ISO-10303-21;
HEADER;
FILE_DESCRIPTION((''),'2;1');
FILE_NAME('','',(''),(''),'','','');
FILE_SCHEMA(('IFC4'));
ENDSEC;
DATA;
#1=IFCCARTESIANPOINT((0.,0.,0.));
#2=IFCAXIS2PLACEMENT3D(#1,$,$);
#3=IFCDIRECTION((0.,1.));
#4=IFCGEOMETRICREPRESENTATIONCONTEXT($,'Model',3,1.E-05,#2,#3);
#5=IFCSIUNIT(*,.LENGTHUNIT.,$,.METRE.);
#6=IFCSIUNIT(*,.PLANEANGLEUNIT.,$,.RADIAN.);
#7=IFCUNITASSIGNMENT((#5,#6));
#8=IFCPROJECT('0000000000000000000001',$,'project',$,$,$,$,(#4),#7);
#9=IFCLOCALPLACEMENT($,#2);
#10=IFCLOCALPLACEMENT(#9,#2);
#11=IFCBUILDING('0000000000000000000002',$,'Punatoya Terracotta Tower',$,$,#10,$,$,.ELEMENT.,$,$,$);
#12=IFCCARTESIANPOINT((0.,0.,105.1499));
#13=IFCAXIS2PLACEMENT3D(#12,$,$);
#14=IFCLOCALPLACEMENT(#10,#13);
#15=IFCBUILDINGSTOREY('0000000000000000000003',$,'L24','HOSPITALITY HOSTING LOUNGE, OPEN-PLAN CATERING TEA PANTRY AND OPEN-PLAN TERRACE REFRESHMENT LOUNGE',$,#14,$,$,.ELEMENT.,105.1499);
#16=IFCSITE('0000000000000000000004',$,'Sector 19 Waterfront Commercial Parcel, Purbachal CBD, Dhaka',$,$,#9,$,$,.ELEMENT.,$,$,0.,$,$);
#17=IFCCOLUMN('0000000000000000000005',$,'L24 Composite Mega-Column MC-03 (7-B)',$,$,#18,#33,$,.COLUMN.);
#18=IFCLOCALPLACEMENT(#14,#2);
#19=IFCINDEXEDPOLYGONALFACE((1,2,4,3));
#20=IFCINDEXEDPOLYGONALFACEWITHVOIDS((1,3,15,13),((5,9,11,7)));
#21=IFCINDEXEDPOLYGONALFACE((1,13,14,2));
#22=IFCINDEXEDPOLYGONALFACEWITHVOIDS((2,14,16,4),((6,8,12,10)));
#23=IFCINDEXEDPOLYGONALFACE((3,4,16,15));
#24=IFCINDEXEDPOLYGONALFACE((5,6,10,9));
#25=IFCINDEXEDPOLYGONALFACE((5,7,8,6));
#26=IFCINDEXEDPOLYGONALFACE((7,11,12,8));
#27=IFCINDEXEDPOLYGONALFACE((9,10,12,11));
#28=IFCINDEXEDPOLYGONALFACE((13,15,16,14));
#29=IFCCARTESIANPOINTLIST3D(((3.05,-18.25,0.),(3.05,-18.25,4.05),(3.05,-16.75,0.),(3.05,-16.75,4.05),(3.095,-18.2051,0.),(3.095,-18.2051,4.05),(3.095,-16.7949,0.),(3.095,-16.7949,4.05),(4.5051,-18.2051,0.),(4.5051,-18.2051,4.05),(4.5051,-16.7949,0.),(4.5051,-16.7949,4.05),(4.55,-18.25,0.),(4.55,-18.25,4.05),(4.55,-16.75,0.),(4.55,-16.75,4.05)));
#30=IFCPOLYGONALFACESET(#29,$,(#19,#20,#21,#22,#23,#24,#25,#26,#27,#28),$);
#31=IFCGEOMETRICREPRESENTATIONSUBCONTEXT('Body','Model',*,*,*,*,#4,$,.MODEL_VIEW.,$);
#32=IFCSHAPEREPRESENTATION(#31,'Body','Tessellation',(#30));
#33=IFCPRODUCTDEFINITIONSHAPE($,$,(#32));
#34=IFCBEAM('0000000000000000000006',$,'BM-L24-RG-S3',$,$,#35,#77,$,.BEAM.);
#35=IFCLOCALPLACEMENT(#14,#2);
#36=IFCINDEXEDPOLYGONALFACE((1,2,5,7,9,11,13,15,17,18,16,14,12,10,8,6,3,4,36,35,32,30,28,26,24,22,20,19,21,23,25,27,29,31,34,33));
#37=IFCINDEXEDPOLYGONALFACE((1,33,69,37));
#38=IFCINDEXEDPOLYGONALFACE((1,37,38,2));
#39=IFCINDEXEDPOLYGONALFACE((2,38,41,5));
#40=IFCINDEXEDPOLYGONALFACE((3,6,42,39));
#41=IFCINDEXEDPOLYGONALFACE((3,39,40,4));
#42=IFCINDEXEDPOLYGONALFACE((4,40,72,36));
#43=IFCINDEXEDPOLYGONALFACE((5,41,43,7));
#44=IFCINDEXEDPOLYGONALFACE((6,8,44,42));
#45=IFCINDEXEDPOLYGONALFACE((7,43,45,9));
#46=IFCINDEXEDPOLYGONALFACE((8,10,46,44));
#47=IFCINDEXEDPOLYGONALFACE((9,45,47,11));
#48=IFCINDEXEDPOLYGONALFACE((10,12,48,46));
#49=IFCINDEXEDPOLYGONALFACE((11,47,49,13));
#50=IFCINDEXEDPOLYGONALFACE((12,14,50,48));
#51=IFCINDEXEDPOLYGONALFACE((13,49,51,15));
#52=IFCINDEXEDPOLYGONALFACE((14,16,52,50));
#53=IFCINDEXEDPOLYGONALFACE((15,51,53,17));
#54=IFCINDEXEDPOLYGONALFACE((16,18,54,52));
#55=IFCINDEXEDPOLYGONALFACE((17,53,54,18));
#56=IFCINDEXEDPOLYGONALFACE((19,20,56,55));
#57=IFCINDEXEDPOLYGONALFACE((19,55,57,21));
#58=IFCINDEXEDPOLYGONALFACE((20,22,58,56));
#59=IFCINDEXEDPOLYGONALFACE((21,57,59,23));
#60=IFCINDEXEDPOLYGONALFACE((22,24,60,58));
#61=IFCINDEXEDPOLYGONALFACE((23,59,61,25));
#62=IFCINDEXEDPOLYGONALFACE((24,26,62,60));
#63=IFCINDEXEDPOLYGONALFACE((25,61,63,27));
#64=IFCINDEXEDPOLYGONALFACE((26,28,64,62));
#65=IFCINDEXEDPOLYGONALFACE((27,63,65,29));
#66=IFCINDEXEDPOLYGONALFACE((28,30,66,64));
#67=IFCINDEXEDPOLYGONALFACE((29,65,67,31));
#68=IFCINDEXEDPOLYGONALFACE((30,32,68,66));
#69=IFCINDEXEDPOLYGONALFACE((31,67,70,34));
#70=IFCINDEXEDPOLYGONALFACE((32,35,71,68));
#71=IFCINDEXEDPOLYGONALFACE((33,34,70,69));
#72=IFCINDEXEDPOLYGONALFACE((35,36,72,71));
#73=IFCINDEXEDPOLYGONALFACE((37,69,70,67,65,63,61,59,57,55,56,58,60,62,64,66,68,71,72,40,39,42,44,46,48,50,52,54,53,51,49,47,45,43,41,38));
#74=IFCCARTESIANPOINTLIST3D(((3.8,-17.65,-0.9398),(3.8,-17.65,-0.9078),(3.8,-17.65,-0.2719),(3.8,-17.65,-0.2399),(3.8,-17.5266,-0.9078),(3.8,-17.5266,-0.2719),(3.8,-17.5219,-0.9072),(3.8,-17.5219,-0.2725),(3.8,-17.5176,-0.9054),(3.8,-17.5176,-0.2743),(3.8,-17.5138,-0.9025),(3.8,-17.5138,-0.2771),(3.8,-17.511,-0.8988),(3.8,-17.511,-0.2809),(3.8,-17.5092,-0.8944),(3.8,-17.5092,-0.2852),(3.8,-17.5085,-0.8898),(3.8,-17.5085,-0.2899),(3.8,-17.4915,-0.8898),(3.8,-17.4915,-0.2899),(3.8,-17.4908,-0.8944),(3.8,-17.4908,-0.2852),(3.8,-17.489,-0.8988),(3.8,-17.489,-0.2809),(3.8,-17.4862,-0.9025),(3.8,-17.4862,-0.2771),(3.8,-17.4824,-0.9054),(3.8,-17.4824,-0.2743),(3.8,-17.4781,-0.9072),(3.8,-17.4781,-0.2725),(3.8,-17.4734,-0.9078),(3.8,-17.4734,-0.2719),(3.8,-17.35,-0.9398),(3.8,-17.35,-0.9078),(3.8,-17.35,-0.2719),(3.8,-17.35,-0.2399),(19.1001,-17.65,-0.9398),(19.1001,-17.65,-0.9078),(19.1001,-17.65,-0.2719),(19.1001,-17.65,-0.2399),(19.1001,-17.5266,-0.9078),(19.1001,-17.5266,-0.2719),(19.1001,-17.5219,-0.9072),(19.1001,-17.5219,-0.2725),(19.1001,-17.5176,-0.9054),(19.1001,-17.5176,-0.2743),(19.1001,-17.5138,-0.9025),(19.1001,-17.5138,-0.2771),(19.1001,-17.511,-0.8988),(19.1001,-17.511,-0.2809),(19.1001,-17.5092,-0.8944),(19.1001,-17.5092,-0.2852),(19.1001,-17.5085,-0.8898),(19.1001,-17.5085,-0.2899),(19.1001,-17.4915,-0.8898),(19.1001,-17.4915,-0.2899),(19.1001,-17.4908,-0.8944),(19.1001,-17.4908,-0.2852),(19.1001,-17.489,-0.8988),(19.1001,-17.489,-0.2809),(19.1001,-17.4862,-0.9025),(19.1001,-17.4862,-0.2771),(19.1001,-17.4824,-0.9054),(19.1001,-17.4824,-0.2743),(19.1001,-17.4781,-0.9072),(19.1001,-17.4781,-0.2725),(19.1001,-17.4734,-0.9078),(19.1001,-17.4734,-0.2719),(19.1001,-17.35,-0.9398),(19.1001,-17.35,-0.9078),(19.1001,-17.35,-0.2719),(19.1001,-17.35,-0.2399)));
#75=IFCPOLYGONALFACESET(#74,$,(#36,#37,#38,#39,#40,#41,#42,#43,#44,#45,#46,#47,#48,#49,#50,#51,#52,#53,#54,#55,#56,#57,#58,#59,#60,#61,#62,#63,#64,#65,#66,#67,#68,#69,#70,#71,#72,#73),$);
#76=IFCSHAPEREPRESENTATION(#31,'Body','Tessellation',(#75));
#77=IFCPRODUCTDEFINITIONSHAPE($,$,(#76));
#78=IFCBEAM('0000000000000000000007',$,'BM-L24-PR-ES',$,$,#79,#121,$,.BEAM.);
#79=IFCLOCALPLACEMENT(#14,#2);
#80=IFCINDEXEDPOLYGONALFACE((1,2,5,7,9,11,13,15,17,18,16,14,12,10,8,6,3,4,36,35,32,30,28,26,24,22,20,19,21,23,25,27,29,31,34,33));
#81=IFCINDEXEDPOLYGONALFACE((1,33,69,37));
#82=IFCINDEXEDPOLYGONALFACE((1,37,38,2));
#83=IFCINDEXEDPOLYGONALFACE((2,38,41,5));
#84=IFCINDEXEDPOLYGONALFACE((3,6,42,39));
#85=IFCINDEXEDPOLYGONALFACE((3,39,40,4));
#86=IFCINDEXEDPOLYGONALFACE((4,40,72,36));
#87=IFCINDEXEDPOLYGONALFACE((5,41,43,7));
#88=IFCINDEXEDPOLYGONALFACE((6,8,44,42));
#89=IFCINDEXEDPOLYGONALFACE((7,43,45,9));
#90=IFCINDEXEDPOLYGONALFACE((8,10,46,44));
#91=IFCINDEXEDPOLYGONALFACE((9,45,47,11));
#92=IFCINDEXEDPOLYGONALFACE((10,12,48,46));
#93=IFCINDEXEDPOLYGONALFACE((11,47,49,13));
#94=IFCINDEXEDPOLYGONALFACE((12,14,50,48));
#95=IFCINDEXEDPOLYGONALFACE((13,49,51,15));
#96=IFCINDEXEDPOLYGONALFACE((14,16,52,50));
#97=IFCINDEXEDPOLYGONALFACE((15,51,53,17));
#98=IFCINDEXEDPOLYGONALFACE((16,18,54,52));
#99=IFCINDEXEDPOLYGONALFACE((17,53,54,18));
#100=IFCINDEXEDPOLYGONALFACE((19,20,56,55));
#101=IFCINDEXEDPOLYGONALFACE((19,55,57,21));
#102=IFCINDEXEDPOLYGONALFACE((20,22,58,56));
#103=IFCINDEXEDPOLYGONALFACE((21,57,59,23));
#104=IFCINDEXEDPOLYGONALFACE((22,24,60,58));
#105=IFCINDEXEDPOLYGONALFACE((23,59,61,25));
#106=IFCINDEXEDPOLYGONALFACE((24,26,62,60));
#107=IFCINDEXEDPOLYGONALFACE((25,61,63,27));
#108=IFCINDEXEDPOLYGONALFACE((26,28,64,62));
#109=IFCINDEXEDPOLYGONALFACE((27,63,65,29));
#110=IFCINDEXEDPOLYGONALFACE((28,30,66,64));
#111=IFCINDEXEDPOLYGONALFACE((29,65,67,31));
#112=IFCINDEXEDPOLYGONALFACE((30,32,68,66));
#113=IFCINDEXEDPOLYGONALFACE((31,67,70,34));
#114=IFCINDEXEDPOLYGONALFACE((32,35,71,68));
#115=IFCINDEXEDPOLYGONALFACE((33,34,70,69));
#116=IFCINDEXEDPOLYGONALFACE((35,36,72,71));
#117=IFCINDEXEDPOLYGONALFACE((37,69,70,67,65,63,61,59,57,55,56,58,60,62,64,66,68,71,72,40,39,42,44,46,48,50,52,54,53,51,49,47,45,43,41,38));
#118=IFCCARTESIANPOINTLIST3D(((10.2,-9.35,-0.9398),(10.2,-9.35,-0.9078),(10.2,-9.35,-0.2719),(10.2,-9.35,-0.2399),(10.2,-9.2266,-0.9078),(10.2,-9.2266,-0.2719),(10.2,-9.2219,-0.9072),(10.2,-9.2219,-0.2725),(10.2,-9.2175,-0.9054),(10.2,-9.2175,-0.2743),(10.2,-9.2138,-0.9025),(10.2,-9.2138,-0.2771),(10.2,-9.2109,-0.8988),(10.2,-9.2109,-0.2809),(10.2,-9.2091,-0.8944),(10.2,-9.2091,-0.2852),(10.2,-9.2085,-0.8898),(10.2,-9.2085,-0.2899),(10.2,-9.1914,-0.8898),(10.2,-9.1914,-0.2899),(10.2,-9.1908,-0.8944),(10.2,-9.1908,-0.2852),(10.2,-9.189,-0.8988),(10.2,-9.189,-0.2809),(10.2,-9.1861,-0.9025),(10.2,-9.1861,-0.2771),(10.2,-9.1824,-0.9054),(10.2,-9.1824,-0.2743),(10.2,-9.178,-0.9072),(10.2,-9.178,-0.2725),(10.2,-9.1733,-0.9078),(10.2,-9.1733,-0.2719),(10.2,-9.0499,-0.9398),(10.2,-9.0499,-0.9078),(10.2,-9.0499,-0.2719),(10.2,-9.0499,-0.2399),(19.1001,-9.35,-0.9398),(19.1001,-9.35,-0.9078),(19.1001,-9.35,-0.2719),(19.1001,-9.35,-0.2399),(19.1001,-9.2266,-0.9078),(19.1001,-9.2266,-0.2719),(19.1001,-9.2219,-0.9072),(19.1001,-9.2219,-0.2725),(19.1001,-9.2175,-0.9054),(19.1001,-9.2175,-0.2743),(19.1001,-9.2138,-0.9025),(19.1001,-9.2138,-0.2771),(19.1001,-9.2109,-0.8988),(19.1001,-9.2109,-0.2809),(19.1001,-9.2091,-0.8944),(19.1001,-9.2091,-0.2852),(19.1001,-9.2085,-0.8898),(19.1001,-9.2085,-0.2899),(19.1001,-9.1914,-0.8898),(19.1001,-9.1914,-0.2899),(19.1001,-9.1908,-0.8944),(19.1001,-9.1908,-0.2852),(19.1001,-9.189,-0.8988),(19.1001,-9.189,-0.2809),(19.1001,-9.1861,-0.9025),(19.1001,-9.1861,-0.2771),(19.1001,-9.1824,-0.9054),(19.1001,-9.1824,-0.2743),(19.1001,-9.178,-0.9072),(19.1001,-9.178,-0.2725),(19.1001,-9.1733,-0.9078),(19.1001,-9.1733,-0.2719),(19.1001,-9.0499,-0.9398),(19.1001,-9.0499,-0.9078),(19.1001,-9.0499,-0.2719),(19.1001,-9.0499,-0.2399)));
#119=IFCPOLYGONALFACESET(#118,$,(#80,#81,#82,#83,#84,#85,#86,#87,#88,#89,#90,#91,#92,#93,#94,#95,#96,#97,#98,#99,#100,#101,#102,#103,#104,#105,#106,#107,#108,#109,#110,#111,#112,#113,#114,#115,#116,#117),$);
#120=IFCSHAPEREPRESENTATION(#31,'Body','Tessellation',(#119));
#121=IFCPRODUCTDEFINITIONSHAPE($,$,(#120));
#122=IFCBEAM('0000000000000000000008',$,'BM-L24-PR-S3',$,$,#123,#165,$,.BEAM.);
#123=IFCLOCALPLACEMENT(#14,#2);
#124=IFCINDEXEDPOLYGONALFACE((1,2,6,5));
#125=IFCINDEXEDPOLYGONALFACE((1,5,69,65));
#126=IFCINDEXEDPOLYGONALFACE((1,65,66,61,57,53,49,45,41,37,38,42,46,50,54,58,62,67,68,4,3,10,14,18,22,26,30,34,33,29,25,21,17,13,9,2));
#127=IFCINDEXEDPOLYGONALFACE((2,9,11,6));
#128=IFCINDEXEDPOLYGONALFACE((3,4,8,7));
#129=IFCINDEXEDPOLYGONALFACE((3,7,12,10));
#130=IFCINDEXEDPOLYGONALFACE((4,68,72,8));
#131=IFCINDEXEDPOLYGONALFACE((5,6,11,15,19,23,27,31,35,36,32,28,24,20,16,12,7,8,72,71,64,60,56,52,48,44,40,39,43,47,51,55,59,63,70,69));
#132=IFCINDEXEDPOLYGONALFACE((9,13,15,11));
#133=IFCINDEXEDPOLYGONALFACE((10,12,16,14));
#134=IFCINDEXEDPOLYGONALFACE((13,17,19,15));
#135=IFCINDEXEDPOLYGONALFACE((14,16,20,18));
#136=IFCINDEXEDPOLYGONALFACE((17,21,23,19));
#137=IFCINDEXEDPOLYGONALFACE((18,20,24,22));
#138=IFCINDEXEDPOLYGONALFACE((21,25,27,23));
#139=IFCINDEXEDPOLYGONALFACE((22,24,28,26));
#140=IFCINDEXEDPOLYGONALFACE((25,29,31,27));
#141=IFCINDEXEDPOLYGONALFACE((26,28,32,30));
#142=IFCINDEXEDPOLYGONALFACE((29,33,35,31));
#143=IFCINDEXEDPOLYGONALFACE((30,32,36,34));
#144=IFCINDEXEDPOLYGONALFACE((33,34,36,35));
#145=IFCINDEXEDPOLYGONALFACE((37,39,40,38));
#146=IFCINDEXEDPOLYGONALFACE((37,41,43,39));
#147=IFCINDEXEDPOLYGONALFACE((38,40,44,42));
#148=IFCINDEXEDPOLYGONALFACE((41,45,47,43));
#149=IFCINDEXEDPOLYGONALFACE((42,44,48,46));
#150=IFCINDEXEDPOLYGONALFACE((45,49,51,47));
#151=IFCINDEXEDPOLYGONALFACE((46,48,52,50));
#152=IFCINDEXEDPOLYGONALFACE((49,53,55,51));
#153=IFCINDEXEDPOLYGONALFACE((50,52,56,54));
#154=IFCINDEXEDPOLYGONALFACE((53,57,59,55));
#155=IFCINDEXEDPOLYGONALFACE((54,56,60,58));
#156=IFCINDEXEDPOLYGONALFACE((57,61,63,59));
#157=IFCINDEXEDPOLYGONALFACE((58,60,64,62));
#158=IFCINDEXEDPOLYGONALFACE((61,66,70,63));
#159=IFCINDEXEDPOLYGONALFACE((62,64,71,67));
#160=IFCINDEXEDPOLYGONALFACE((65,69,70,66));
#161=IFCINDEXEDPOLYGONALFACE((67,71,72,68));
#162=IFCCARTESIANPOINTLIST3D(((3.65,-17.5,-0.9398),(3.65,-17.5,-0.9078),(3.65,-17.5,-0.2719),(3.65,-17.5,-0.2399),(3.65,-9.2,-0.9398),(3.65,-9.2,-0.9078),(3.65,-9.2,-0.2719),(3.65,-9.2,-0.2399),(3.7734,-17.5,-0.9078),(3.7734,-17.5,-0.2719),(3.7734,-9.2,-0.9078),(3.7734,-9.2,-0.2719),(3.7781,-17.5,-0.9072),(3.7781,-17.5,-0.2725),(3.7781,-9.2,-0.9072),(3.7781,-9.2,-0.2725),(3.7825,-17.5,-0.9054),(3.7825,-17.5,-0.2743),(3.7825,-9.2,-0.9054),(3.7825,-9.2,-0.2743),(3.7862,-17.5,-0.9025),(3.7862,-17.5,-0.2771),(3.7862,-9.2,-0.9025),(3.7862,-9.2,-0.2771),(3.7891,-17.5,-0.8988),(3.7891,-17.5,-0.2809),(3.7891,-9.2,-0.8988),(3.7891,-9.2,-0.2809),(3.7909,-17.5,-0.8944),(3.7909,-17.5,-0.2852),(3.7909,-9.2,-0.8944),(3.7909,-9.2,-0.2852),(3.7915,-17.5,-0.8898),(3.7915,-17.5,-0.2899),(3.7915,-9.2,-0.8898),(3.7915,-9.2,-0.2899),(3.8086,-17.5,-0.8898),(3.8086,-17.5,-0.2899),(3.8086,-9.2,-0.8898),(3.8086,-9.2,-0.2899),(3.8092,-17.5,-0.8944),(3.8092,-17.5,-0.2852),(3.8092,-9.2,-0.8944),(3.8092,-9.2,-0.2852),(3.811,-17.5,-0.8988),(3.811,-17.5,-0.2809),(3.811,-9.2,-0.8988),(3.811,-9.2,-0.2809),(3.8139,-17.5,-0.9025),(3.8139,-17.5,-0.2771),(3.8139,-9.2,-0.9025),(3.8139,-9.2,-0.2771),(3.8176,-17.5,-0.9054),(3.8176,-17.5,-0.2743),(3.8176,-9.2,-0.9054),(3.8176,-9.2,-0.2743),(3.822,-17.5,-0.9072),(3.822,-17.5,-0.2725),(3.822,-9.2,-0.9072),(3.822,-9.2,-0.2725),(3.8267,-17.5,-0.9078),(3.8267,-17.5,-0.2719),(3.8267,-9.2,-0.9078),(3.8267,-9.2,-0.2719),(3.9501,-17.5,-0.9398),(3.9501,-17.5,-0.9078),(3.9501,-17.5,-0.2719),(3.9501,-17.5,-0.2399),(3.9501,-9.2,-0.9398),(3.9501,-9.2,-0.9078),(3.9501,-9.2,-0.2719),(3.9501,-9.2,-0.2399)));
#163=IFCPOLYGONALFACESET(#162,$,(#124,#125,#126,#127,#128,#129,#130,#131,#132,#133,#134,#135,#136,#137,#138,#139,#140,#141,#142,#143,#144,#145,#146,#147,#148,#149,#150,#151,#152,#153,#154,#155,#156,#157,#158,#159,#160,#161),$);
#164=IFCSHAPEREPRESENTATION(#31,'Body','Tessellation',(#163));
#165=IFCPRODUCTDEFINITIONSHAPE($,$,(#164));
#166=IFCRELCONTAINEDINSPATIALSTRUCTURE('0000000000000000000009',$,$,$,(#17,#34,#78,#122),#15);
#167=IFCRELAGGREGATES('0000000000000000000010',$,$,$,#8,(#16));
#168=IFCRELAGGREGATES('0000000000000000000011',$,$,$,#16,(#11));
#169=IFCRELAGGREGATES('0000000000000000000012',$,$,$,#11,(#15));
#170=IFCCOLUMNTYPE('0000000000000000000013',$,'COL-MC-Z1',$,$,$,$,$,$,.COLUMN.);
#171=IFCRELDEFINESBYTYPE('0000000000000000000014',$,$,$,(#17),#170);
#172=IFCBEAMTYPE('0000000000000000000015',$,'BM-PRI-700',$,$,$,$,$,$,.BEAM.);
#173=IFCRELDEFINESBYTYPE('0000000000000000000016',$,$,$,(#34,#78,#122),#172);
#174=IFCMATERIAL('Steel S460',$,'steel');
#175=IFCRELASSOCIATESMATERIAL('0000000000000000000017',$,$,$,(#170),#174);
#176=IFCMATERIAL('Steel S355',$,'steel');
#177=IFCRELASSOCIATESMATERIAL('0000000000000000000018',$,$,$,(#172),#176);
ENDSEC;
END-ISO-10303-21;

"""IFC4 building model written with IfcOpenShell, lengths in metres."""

from ifc_helpers import new_model, si_unit, direction, frame, origin, origin_2d, place, context, subcontext, project, spatial, hollow_rectangle, i_section, extrude, material, material_profile, profile_set, type_object, element, save


model = new_model("IFC4")

# Units and contexts
model_context = context("Model", 3, precision=1e-05, world=origin(), true_north=direction((0.0, 1.0)))
body_context = subcontext(model_context, "Body", "Model", "MODEL_VIEW")
ifc_project = project(units=[si_unit("LENGTHUNIT", "METRE"), si_unit("PLANEANGLEUNIT", "RADIAN")], contexts=[model_context])

# Site, building, storey
site_placement = place(None, origin())
site = spatial("IfcSite", under=ifc_project, at=site_placement, Name="Sector 19 Waterfront Commercial Parcel, Purbachal CBD, Dhaka", CompositionType="ELEMENT", RefElevation=0.0)
building_placement = place(site_placement, origin())
building = spatial("IfcBuilding", under=site, at=building_placement, Name="Punatoya Terracotta Tower", CompositionType="ELEMENT")
storey_placement = place(building_placement, frame((0.0, 0.0, 105.1499)))
storey = spatial("IfcBuildingStorey", under=building, at=storey_placement, Name="L24", Description="HOSPITALITY HOSTING LOUNGE, OPEN-PLAN CATERING TEA PANTRY AND OPEN-PLAN TERRACE REFRESHMENT LOUNGE", CompositionType="ELEMENT", Elevation=105.1499)

# Column
ifc_material_1 = material(Name="Steel S460", Category="steel")
ifc_material_profile_1 = material_profile(ifc_material_1, hollow_rectangle(XDim=1.5, YDim=1.5, WallThickness=0.0449, at=origin_2d()))
ifc_profile_set_1 = profile_set([ifc_material_profile_1], Name="Steel S460")
column_type = type_object("IfcColumnType", Name="COL-MC-Z1", PredefinedType="COLUMN", material=ifc_profile_set_1)
column_placement = place(storey_placement, frame((3.8, -17.5, 0.0), z_axis=(0.0, 0.0, 1.0), x_axis=(1.0, 0.0, 0.0)))
element("IfcColumn", 1, at=column_placement, inside=storey, type_object=column_type, Name="L24 Composite Mega-Column MC-03 (7-B)", PredefinedType="COLUMN", context=body_context, shape_type="SweptSolid", body=[
    extrude(hollow_rectangle(XDim=1.5, YDim=1.5, WallThickness=0.0449, at=origin_2d()), origin(), (0.0, 0.0, 1.0), 4.05),
])

# Beams
ifc_material_2 = material(Name="Steel S355", Category="steel")
ifc_material_profile_2 = material_profile(ifc_material_2, i_section(OverallWidth=0.3, OverallDepth=0.7, WebThickness=0.0171, FlangeThickness=0.032, FilletRadius=0.0181, at=origin_2d()))
ifc_profile_set_2 = profile_set([ifc_material_profile_2], Name="Steel S355")
beam_type_1 = type_object("IfcBeamType", Name="BM-PRI-700", PredefinedType="BEAM", material=ifc_profile_set_2)
beam_1_placement = place(storey_placement, frame((3.8, -17.5, -0.5898), z_axis=(1.0, 0.0, 0.0), x_axis=(0.0, 1.0, 0.0)))
element("IfcBeam", 2, at=beam_1_placement, inside=storey, type_object=beam_type_1, Name="BM-L24-RG-S3", PredefinedType="BEAM", context=body_context, shape_type="SweptSolid", body=[
    extrude(i_section(OverallWidth=0.3, OverallDepth=0.7, WebThickness=0.0171, FlangeThickness=0.032, FilletRadius=0.0181, at=origin_2d()), origin(), (0.0, 0.0, 1.0), 15.3),
])
beam_2_placement = place(storey_placement, frame((10.2, -9.2, -0.5898), z_axis=(1.0, 0.0, 0.0), x_axis=(0.0, 1.0, 0.0)))
element("IfcBeam", 3, at=beam_2_placement, inside=storey, type_object=beam_type_1, Name="BM-L24-PR-ES", PredefinedType="BEAM", context=body_context, shape_type="SweptSolid", body=[
    extrude(i_section(OverallWidth=0.3, OverallDepth=0.7, WebThickness=0.0171, FlangeThickness=0.032, FilletRadius=0.0181, at=origin_2d()), origin(), (0.0, 0.0, 1.0), 8.9001),
])
for number, where, z_axis, x_axis, name in (
    (4, (3.8, -17.5, -0.5898), (0.0, 1.0, 0.0), (-1.0, 0.0, 0.0), "BM-L24-PR-S3"),
):
    element("IfcBeam", number, at=place(storey_placement, frame(where, z_axis=z_axis, x_axis=x_axis)), inside=storey, type_object=beam_type_1, Name=name, PredefinedType="BEAM", context=body_context, shape_type="SweptSolid", body=[
        extrude(i_section(OverallWidth=0.3, OverallDepth=0.7, WebThickness=0.0171, FlangeThickness=0.032, FilletRadius=0.0181, at=origin_2d()), origin(), (0.0, 0.0, 1.0), 8.3),
    ])

save(model, "model.ifc")
